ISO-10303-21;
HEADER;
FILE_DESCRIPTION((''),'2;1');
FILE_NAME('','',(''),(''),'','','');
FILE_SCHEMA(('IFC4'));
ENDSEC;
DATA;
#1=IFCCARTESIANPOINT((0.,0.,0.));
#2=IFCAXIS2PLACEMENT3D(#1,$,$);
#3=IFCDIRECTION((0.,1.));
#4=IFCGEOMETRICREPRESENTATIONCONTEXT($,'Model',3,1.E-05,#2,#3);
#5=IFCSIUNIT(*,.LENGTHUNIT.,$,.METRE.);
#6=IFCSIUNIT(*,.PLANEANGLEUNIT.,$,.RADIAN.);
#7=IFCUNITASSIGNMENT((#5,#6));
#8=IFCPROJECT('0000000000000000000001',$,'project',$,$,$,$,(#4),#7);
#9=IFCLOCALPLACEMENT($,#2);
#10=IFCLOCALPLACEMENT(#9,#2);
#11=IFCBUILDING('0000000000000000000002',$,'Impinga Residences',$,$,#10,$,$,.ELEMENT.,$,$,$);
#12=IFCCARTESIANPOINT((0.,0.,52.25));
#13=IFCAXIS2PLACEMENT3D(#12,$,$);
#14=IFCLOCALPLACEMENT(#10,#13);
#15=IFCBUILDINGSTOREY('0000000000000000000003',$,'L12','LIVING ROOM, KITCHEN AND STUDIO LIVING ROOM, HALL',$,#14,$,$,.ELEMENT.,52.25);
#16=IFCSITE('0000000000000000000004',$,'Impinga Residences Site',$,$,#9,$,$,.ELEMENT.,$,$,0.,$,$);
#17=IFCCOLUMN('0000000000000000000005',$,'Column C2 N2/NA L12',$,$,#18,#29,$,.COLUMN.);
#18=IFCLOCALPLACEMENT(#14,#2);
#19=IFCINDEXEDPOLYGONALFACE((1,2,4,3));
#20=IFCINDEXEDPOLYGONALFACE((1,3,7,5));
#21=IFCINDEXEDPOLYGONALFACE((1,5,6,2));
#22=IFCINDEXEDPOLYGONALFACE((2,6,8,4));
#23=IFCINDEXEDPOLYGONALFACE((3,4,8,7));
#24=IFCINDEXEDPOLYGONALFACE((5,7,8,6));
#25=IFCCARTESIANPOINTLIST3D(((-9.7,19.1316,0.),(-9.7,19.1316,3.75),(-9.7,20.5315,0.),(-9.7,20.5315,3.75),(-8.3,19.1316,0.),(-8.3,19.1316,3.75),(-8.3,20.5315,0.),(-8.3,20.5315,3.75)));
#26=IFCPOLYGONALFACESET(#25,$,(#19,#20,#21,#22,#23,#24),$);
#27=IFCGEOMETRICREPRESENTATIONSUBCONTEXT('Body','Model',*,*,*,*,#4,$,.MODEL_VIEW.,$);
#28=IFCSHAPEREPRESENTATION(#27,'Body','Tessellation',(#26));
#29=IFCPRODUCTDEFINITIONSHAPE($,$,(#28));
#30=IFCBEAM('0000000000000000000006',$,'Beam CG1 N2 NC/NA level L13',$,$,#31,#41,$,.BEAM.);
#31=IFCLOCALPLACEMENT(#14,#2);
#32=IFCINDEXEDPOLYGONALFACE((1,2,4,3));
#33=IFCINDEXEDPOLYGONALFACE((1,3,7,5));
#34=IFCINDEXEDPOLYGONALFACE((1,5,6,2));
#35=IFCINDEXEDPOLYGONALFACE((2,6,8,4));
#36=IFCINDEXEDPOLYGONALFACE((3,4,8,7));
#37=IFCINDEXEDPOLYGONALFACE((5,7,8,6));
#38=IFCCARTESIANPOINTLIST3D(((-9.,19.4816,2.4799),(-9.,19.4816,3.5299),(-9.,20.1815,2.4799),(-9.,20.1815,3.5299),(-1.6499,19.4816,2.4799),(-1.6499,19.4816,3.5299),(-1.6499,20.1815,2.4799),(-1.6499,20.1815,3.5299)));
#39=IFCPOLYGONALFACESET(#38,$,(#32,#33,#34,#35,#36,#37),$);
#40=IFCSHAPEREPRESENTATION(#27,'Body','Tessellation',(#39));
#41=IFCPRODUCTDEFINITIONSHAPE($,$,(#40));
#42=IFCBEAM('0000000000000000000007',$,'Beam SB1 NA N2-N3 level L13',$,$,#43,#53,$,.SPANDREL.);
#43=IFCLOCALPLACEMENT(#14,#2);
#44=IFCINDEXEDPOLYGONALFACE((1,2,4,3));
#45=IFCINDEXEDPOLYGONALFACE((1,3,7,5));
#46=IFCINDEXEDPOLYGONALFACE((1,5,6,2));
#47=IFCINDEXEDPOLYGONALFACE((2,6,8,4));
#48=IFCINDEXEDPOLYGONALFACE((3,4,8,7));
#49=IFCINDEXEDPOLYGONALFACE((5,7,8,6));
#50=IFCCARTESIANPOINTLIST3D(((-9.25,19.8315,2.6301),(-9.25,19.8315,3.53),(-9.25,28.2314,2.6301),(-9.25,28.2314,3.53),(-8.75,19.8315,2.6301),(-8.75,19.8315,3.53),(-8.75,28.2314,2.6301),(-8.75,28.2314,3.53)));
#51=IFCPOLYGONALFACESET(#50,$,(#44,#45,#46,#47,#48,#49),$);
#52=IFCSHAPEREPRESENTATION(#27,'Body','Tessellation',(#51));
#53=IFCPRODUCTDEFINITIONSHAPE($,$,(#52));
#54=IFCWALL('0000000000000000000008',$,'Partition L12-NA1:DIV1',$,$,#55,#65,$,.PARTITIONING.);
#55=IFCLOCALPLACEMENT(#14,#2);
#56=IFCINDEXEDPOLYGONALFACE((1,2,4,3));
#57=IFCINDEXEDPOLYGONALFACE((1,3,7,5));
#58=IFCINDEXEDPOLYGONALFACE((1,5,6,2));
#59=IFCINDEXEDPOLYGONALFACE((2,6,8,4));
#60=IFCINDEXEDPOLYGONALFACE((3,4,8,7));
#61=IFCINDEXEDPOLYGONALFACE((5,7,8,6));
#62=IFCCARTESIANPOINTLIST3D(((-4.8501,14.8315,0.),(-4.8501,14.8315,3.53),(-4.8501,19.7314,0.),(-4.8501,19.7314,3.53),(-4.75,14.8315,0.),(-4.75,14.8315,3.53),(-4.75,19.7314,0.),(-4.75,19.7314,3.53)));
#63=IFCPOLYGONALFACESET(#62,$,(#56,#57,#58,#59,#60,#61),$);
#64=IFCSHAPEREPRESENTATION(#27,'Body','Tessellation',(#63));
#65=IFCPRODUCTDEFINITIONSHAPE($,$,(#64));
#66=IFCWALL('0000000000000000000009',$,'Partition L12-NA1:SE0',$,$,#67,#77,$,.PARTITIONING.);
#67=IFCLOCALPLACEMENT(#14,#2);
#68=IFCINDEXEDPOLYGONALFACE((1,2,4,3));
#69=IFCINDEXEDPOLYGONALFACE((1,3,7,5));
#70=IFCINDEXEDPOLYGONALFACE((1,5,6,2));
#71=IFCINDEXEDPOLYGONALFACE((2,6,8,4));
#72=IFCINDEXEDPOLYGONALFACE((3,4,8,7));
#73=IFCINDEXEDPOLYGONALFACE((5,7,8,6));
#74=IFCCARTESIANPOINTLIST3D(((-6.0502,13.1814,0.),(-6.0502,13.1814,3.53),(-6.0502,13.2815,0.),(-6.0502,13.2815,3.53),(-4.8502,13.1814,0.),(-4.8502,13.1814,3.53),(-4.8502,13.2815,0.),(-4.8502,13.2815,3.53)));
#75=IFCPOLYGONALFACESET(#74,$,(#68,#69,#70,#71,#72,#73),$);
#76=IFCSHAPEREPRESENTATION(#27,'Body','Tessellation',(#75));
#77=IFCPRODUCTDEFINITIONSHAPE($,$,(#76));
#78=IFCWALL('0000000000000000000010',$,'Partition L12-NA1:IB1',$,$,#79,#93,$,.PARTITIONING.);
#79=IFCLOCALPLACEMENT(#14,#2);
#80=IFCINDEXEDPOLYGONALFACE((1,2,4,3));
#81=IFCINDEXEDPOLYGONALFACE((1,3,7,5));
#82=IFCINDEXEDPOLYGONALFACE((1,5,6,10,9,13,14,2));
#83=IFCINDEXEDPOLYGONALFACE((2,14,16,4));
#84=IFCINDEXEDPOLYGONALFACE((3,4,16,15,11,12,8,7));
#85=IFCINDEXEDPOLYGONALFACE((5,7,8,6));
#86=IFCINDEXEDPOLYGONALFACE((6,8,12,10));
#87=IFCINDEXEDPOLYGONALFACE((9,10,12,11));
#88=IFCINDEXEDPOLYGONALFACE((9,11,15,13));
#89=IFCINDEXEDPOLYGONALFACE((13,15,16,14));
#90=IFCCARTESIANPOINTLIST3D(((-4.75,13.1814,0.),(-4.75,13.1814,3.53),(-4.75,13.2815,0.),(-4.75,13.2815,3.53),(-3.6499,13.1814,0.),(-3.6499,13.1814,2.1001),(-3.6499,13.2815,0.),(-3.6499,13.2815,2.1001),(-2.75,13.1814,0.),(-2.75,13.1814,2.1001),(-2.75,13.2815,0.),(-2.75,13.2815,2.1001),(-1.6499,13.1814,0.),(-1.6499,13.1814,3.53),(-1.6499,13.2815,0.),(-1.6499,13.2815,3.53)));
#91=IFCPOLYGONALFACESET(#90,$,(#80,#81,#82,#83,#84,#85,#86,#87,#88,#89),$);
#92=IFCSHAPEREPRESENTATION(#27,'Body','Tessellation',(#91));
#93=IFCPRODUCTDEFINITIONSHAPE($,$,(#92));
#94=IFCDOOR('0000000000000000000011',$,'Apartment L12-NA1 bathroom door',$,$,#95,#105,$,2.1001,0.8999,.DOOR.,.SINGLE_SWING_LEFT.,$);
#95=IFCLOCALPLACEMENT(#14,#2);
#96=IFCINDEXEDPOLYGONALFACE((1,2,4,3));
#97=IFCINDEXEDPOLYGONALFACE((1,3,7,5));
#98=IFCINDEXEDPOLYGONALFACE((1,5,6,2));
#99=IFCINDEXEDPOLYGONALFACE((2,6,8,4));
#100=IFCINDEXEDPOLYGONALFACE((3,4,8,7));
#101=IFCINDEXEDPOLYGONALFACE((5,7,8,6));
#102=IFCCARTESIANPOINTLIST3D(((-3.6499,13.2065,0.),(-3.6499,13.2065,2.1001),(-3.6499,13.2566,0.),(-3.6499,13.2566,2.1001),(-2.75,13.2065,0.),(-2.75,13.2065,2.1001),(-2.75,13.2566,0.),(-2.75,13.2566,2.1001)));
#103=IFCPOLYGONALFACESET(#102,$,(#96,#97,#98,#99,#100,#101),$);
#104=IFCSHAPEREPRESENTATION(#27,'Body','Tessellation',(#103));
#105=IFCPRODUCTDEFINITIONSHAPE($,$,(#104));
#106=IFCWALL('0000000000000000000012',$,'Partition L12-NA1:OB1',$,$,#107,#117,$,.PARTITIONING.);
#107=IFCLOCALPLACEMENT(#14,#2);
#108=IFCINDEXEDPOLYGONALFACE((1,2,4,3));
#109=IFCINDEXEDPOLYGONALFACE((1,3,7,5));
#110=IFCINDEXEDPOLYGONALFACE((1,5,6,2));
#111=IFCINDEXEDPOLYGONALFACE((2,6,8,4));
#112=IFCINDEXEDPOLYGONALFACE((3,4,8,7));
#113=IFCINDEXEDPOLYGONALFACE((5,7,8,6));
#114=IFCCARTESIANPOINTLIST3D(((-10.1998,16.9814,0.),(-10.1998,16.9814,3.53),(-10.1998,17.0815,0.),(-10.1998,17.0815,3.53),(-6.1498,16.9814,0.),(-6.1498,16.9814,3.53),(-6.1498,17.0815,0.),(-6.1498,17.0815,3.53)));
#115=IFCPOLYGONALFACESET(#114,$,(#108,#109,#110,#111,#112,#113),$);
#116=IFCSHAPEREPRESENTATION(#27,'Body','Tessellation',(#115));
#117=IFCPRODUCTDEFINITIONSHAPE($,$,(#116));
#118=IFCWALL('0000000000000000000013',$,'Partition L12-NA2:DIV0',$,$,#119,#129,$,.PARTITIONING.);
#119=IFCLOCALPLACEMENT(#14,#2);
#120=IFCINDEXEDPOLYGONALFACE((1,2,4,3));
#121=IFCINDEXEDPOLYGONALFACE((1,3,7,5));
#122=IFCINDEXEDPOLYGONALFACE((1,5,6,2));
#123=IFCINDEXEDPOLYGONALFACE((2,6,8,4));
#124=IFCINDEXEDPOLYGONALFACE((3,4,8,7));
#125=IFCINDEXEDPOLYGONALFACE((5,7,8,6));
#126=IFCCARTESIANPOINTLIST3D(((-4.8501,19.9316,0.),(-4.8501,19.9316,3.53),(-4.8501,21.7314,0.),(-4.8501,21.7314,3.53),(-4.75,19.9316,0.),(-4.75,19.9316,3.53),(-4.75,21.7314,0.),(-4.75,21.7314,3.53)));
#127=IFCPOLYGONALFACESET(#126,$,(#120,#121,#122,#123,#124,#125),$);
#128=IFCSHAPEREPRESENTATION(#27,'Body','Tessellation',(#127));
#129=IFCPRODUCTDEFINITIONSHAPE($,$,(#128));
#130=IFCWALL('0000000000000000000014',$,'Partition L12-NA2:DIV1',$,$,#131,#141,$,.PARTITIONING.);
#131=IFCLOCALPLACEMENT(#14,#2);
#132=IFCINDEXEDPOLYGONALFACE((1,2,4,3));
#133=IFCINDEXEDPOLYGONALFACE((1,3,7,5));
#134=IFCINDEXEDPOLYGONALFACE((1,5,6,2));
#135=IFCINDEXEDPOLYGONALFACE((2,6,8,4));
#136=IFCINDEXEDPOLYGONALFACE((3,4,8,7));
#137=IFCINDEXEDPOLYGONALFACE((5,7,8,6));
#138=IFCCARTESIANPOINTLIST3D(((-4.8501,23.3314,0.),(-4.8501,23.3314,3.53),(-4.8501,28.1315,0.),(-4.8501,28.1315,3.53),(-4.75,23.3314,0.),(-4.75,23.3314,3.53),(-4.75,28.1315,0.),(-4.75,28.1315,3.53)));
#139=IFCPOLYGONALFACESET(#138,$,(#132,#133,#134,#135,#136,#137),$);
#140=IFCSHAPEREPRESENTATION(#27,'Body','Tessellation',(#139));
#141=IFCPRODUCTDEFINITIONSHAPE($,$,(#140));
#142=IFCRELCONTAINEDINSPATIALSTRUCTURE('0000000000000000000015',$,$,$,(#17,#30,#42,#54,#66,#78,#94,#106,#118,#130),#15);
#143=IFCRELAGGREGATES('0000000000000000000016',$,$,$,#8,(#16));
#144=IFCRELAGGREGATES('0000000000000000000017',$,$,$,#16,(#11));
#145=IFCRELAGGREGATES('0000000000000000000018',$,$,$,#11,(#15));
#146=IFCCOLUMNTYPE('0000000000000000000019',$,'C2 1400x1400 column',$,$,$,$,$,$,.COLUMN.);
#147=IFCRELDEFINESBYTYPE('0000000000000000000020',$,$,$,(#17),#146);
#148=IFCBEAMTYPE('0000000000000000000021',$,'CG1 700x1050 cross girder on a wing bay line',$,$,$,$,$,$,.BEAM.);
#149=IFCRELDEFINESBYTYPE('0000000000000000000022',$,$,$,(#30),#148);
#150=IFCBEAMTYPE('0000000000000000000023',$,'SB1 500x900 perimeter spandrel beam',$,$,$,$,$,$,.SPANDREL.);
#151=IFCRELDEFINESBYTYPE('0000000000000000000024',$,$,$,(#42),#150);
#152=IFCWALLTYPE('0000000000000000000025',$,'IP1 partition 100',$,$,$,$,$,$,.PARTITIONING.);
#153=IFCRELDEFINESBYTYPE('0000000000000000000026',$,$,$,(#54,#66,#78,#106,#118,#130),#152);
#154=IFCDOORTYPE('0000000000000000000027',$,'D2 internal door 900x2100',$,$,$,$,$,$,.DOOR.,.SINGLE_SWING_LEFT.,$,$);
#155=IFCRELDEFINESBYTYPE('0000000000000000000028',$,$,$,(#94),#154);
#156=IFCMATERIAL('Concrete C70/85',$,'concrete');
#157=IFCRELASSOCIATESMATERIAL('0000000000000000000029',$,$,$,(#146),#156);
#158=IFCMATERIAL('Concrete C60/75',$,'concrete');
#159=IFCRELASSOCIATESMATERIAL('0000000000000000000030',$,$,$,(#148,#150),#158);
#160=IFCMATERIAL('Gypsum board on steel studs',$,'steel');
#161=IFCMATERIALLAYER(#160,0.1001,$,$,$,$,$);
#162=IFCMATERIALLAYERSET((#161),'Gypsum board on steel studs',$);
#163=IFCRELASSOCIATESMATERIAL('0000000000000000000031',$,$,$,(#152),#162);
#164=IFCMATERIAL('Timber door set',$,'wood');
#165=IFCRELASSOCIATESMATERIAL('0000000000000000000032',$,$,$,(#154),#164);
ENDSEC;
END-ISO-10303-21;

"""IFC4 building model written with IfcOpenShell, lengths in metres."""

from ifc_helpers import new_model, si_unit, direction, frame, frame_2d, origin, origin_2d, place, context, subcontext, project, spatial, rectangle, extrude, material, layer, layer_set, material_profile, profile_set, type_object, element, fill, save


model = new_model("IFC4")

# Units and contexts
model_context = context("Model", 3, precision=1e-05, world=origin(), true_north=direction((0.0, 1.0)))
body_context = subcontext(model_context, "Body", "Model", "MODEL_VIEW")
ifc_project = project(units=[si_unit("LENGTHUNIT", "METRE"), si_unit("PLANEANGLEUNIT", "RADIAN")], contexts=[model_context])

# Site, building, storey
site_placement = place(None, origin())
site = spatial("IfcSite", under=ifc_project, at=site_placement, Name="Impinga Residences Site", CompositionType="ELEMENT", RefElevation=0.0)
building_placement = place(site_placement, origin())
building = spatial("IfcBuilding", under=site, at=building_placement, Name="Impinga Residences", CompositionType="ELEMENT")
storey_placement = place(building_placement, frame((0.0, 0.0, 52.25)))
storey = spatial("IfcBuildingStorey", under=building, at=storey_placement, Name="L12", Description="LIVING ROOM, KITCHEN AND STUDIO LIVING ROOM, HALL", CompositionType="ELEMENT", Elevation=52.25)

# Column
ifc_material_1 = material(Name="Concrete C70/85", Category="concrete")
ifc_material_profile_1 = material_profile(ifc_material_1, rectangle(XDim=1.3999, YDim=1.3999, at=origin_2d()), Name="RC 1400x1400")
ifc_profile_set_1 = profile_set([ifc_material_profile_1], Name="Concrete C70/85")
column_type = type_object("IfcColumnType", Name="C2 1400x1400 column", PredefinedType="COLUMN", material=ifc_profile_set_1)
column_placement = place(storey_placement, frame((-9.0, 19.8315, 0.0), z_axis=(0.0, 0.0, 1.0), x_axis=(1.0, 0.0, 0.0)))
element("IfcColumn", 1, at=column_placement, inside=storey, type_object=column_type, Name="Column C2 N2/NA L12", PredefinedType="COLUMN", context=body_context, shape_type="SweptSolid", body=[
    extrude(rectangle(XDim=1.3999, YDim=1.3999, at=origin_2d()), origin(), (0.0, 0.0, 1.0), 3.75),
])

# Beams
ifc_material_2 = material(Name="Concrete C60/75", Category="concrete")
ifc_material_profile_2 = material_profile(ifc_material_2, rectangle(XDim=0.7, YDim=1.05, at=origin_2d()), Name="RC 700x1050")
ifc_profile_set_2 = profile_set([ifc_material_profile_2], Name="Concrete C60/75")
beam_type_1 = type_object("IfcBeamType", Name="CG1 700x1050 cross girder on a wing bay line", PredefinedType="BEAM", material=ifc_profile_set_2)
beam_1_placement = place(storey_placement, frame((-1.6499, 19.8315, 3.0049), z_axis=(-1.0, 0.0, 0.0), x_axis=(0.0, -1.0, 0.0)))
element("IfcBeam", 2, at=beam_1_placement, inside=storey, type_object=beam_type_1, Name="Beam CG1 N2 NC/NA level L13", PredefinedType="BEAM", context=body_context, shape_type="SweptSolid", body=[
    extrude(rectangle(XDim=0.7, YDim=1.05, at=origin_2d()), origin(), (0.0, 0.0, 1.0), 7.3501),
])
ifc_material_profile_3 = material_profile(ifc_material_2, rectangle(XDim=0.5, YDim=0.8999, at=origin_2d()), Name="RC 500x900")
ifc_profile_set_3 = profile_set([ifc_material_profile_3], Name="Concrete C60/75")
beam_type_2 = type_object("IfcBeamType", Name="SB1 500x900 perimeter spandrel beam", PredefinedType="SPANDREL", material=ifc_profile_set_3)
beam_2_placement = place(storey_placement, frame((-9.0, 19.8315, 3.0801), z_axis=(0.0, 1.0, 0.0), x_axis=(-1.0, 0.0, 0.0)))
element("IfcBeam", 3, at=beam_2_placement, inside=storey, type_object=beam_type_2, Name="Beam SB1 NA N2-N3 level L13", PredefinedType="SPANDREL", context=body_context, shape_type="SweptSolid", body=[
    extrude(rectangle(XDim=0.5, YDim=0.8999, at=origin_2d()), origin(), (0.0, 0.0, 1.0), 8.3999),
])

# Walls
ifc_material_3 = material(Name="Gypsum board on steel studs", Category="steel")
ifc_layer_1 = layer(ifc_material_3, 0.1001)
ifc_layer_set_1 = layer_set([ifc_layer_1], Name="Gypsum board on steel studs")
wall_type_1 = type_object("IfcWallType", Name="IP1 partition 100", PredefinedType="PARTITIONING", material=ifc_layer_set_1)
wall_1_placement = place(storey_placement, frame((-4.8, 14.8315, 0.0), z_axis=(0.0, 0.0, 1.0), x_axis=(0.0, 1.0, 0.0)))
element("IfcWall", 4, at=wall_1_placement, inside=storey, type_object=wall_type_1, Name="Partition L12-NA1:DIV1", PredefinedType="PARTITIONING", context=body_context, shape_type="SweptSolid", body=[
    extrude(rectangle(XDim=4.8999, YDim=0.1001, at=frame_2d((2.45, 0.0))), origin(), (0.0, 0.0, 1.0), 3.53),
])
wall_2_placement = place(storey_placement, frame((-4.8501, 13.2314, 0.0), z_axis=(0.0, 0.0, 1.0), x_axis=(-1.0, 0.0, 0.0)))
element("IfcWall", 5, at=wall_2_placement, inside=storey, type_object=wall_type_1, Name="Partition L12-NA1:SE0", PredefinedType="PARTITIONING", context=body_context, shape_type="SweptSolid", body=[
    extrude(rectangle(XDim=1.2, YDim=0.1001, at=frame_2d((0.6001, 0.0))), origin(), (0.0, 0.0, 1.0), 3.53),
])

# Wall, opening, door
wall_3_placement = place(storey_placement, frame((-1.6499, 13.2314, 0.0), z_axis=(0.0, 0.0, 1.0), x_axis=(-1.0, 0.0, 0.0)))
wall_3 = element("IfcWall", 6, at=wall_3_placement, inside=storey, type_object=wall_type_1, Name="Partition L12-NA1:IB1", PredefinedType="PARTITIONING", context=body_context, shape_type="SweptSolid", body=[
    extrude(rectangle(XDim=3.1001, YDim=0.1001, at=frame_2d((1.55, 0.0))), origin(), (0.0, 0.0, 1.0), 3.53),
])
opening_1_placement = place(wall_3_placement, frame((1.1001, 0.0, 0.0)))
opening_1 = element("IfcOpeningElement", 7, at=opening_1_placement, cuts=wall_3, PredefinedType="OPENING", context=body_context, shape_type="SweptSolid", body=[
    extrude(rectangle(XDim=0.8999, YDim=2.1001, at=frame_2d((0.45, 1.05))), frame((0.0, 0.0601, 0.0), z_axis=(0.0, -1.0, 0.0), x_axis=(1.0, 0.0, 0.0)), (0.0, 0.0, 1.0), 0.1201),
])
ifc_material_4 = material(Name="Timber door set", Category="wood")
door_type = type_object("IfcDoorType", Name="D2 internal door 900x2100", OperationType="SINGLE_SWING_LEFT", PredefinedType="DOOR", material=ifc_material_4)
door_1_placement = place(opening_1_placement, origin())
door_1 = element("IfcDoor", 8, at=door_1_placement, inside=storey, type_object=door_type, Name="Apartment L12-NA1 bathroom door", OperationType="SINGLE_SWING_LEFT", OverallHeight=2.1001, OverallWidth=0.8999, PredefinedType="DOOR", context=body_context, shape_type="SweptSolid", body=[
    extrude(rectangle(XDim=0.8999, YDim=2.1001, at=frame_2d((0.45, 1.05))), frame((0.0, 0.0249, 0.0), z_axis=(0.0, -1.0, 0.0), x_axis=(1.0, 0.0, 0.0)), (0.0, 0.0, 1.0), 0.05),
])
fill(opening_1, door_1)

# Walls
wall_4_placement = place(storey_placement, frame((-6.1499, 17.0315, 0.0), z_axis=(0.0, 0.0, 1.0), x_axis=(-1.0, 0.0, 0.0)))
element("IfcWall", 9, at=wall_4_placement, inside=storey, type_object=wall_type_1, Name="Partition L12-NA1:OB1", PredefinedType="PARTITIONING", context=body_context, shape_type="SweptSolid", body=[
    extrude(rectangle(XDim=4.05, YDim=0.1001, at=frame_2d((2.0249, 0.0))), origin(), (0.0, 0.0, 1.0), 3.53),
])
wall_5_placement = place(storey_placement, frame((-4.8, 19.9316, 0.0), z_axis=(0.0, 0.0, 1.0), x_axis=(0.0, 1.0, 0.0)))
element("IfcWall", 10, at=wall_5_placement, inside=storey, type_object=wall_type_1, Name="Partition L12-NA2:DIV0", PredefinedType="PARTITIONING", context=body_context, shape_type="SweptSolid", body=[
    extrude(rectangle(XDim=1.7998, YDim=0.1001, at=frame_2d((0.8999, 0.0))), origin(), (0.0, 0.0, 1.0), 3.53),
])
wall_6_placement = place(storey_placement, frame((-4.8, 23.3315, 0.0), z_axis=(0.0, 0.0, 1.0), x_axis=(0.0, 1.0, 0.0)))
element("IfcWall", 11, at=wall_6_placement, inside=storey, type_object=wall_type_1, Name="Partition L12-NA2:DIV1", PredefinedType="PARTITIONING", context=body_context, shape_type="SweptSolid", body=[
    extrude(rectangle(XDim=4.8, YDim=0.1001, at=frame_2d((2.3999, 0.0))), origin(), (0.0, 0.0, 1.0), 3.53),
])

save(model, "model.ifc")
